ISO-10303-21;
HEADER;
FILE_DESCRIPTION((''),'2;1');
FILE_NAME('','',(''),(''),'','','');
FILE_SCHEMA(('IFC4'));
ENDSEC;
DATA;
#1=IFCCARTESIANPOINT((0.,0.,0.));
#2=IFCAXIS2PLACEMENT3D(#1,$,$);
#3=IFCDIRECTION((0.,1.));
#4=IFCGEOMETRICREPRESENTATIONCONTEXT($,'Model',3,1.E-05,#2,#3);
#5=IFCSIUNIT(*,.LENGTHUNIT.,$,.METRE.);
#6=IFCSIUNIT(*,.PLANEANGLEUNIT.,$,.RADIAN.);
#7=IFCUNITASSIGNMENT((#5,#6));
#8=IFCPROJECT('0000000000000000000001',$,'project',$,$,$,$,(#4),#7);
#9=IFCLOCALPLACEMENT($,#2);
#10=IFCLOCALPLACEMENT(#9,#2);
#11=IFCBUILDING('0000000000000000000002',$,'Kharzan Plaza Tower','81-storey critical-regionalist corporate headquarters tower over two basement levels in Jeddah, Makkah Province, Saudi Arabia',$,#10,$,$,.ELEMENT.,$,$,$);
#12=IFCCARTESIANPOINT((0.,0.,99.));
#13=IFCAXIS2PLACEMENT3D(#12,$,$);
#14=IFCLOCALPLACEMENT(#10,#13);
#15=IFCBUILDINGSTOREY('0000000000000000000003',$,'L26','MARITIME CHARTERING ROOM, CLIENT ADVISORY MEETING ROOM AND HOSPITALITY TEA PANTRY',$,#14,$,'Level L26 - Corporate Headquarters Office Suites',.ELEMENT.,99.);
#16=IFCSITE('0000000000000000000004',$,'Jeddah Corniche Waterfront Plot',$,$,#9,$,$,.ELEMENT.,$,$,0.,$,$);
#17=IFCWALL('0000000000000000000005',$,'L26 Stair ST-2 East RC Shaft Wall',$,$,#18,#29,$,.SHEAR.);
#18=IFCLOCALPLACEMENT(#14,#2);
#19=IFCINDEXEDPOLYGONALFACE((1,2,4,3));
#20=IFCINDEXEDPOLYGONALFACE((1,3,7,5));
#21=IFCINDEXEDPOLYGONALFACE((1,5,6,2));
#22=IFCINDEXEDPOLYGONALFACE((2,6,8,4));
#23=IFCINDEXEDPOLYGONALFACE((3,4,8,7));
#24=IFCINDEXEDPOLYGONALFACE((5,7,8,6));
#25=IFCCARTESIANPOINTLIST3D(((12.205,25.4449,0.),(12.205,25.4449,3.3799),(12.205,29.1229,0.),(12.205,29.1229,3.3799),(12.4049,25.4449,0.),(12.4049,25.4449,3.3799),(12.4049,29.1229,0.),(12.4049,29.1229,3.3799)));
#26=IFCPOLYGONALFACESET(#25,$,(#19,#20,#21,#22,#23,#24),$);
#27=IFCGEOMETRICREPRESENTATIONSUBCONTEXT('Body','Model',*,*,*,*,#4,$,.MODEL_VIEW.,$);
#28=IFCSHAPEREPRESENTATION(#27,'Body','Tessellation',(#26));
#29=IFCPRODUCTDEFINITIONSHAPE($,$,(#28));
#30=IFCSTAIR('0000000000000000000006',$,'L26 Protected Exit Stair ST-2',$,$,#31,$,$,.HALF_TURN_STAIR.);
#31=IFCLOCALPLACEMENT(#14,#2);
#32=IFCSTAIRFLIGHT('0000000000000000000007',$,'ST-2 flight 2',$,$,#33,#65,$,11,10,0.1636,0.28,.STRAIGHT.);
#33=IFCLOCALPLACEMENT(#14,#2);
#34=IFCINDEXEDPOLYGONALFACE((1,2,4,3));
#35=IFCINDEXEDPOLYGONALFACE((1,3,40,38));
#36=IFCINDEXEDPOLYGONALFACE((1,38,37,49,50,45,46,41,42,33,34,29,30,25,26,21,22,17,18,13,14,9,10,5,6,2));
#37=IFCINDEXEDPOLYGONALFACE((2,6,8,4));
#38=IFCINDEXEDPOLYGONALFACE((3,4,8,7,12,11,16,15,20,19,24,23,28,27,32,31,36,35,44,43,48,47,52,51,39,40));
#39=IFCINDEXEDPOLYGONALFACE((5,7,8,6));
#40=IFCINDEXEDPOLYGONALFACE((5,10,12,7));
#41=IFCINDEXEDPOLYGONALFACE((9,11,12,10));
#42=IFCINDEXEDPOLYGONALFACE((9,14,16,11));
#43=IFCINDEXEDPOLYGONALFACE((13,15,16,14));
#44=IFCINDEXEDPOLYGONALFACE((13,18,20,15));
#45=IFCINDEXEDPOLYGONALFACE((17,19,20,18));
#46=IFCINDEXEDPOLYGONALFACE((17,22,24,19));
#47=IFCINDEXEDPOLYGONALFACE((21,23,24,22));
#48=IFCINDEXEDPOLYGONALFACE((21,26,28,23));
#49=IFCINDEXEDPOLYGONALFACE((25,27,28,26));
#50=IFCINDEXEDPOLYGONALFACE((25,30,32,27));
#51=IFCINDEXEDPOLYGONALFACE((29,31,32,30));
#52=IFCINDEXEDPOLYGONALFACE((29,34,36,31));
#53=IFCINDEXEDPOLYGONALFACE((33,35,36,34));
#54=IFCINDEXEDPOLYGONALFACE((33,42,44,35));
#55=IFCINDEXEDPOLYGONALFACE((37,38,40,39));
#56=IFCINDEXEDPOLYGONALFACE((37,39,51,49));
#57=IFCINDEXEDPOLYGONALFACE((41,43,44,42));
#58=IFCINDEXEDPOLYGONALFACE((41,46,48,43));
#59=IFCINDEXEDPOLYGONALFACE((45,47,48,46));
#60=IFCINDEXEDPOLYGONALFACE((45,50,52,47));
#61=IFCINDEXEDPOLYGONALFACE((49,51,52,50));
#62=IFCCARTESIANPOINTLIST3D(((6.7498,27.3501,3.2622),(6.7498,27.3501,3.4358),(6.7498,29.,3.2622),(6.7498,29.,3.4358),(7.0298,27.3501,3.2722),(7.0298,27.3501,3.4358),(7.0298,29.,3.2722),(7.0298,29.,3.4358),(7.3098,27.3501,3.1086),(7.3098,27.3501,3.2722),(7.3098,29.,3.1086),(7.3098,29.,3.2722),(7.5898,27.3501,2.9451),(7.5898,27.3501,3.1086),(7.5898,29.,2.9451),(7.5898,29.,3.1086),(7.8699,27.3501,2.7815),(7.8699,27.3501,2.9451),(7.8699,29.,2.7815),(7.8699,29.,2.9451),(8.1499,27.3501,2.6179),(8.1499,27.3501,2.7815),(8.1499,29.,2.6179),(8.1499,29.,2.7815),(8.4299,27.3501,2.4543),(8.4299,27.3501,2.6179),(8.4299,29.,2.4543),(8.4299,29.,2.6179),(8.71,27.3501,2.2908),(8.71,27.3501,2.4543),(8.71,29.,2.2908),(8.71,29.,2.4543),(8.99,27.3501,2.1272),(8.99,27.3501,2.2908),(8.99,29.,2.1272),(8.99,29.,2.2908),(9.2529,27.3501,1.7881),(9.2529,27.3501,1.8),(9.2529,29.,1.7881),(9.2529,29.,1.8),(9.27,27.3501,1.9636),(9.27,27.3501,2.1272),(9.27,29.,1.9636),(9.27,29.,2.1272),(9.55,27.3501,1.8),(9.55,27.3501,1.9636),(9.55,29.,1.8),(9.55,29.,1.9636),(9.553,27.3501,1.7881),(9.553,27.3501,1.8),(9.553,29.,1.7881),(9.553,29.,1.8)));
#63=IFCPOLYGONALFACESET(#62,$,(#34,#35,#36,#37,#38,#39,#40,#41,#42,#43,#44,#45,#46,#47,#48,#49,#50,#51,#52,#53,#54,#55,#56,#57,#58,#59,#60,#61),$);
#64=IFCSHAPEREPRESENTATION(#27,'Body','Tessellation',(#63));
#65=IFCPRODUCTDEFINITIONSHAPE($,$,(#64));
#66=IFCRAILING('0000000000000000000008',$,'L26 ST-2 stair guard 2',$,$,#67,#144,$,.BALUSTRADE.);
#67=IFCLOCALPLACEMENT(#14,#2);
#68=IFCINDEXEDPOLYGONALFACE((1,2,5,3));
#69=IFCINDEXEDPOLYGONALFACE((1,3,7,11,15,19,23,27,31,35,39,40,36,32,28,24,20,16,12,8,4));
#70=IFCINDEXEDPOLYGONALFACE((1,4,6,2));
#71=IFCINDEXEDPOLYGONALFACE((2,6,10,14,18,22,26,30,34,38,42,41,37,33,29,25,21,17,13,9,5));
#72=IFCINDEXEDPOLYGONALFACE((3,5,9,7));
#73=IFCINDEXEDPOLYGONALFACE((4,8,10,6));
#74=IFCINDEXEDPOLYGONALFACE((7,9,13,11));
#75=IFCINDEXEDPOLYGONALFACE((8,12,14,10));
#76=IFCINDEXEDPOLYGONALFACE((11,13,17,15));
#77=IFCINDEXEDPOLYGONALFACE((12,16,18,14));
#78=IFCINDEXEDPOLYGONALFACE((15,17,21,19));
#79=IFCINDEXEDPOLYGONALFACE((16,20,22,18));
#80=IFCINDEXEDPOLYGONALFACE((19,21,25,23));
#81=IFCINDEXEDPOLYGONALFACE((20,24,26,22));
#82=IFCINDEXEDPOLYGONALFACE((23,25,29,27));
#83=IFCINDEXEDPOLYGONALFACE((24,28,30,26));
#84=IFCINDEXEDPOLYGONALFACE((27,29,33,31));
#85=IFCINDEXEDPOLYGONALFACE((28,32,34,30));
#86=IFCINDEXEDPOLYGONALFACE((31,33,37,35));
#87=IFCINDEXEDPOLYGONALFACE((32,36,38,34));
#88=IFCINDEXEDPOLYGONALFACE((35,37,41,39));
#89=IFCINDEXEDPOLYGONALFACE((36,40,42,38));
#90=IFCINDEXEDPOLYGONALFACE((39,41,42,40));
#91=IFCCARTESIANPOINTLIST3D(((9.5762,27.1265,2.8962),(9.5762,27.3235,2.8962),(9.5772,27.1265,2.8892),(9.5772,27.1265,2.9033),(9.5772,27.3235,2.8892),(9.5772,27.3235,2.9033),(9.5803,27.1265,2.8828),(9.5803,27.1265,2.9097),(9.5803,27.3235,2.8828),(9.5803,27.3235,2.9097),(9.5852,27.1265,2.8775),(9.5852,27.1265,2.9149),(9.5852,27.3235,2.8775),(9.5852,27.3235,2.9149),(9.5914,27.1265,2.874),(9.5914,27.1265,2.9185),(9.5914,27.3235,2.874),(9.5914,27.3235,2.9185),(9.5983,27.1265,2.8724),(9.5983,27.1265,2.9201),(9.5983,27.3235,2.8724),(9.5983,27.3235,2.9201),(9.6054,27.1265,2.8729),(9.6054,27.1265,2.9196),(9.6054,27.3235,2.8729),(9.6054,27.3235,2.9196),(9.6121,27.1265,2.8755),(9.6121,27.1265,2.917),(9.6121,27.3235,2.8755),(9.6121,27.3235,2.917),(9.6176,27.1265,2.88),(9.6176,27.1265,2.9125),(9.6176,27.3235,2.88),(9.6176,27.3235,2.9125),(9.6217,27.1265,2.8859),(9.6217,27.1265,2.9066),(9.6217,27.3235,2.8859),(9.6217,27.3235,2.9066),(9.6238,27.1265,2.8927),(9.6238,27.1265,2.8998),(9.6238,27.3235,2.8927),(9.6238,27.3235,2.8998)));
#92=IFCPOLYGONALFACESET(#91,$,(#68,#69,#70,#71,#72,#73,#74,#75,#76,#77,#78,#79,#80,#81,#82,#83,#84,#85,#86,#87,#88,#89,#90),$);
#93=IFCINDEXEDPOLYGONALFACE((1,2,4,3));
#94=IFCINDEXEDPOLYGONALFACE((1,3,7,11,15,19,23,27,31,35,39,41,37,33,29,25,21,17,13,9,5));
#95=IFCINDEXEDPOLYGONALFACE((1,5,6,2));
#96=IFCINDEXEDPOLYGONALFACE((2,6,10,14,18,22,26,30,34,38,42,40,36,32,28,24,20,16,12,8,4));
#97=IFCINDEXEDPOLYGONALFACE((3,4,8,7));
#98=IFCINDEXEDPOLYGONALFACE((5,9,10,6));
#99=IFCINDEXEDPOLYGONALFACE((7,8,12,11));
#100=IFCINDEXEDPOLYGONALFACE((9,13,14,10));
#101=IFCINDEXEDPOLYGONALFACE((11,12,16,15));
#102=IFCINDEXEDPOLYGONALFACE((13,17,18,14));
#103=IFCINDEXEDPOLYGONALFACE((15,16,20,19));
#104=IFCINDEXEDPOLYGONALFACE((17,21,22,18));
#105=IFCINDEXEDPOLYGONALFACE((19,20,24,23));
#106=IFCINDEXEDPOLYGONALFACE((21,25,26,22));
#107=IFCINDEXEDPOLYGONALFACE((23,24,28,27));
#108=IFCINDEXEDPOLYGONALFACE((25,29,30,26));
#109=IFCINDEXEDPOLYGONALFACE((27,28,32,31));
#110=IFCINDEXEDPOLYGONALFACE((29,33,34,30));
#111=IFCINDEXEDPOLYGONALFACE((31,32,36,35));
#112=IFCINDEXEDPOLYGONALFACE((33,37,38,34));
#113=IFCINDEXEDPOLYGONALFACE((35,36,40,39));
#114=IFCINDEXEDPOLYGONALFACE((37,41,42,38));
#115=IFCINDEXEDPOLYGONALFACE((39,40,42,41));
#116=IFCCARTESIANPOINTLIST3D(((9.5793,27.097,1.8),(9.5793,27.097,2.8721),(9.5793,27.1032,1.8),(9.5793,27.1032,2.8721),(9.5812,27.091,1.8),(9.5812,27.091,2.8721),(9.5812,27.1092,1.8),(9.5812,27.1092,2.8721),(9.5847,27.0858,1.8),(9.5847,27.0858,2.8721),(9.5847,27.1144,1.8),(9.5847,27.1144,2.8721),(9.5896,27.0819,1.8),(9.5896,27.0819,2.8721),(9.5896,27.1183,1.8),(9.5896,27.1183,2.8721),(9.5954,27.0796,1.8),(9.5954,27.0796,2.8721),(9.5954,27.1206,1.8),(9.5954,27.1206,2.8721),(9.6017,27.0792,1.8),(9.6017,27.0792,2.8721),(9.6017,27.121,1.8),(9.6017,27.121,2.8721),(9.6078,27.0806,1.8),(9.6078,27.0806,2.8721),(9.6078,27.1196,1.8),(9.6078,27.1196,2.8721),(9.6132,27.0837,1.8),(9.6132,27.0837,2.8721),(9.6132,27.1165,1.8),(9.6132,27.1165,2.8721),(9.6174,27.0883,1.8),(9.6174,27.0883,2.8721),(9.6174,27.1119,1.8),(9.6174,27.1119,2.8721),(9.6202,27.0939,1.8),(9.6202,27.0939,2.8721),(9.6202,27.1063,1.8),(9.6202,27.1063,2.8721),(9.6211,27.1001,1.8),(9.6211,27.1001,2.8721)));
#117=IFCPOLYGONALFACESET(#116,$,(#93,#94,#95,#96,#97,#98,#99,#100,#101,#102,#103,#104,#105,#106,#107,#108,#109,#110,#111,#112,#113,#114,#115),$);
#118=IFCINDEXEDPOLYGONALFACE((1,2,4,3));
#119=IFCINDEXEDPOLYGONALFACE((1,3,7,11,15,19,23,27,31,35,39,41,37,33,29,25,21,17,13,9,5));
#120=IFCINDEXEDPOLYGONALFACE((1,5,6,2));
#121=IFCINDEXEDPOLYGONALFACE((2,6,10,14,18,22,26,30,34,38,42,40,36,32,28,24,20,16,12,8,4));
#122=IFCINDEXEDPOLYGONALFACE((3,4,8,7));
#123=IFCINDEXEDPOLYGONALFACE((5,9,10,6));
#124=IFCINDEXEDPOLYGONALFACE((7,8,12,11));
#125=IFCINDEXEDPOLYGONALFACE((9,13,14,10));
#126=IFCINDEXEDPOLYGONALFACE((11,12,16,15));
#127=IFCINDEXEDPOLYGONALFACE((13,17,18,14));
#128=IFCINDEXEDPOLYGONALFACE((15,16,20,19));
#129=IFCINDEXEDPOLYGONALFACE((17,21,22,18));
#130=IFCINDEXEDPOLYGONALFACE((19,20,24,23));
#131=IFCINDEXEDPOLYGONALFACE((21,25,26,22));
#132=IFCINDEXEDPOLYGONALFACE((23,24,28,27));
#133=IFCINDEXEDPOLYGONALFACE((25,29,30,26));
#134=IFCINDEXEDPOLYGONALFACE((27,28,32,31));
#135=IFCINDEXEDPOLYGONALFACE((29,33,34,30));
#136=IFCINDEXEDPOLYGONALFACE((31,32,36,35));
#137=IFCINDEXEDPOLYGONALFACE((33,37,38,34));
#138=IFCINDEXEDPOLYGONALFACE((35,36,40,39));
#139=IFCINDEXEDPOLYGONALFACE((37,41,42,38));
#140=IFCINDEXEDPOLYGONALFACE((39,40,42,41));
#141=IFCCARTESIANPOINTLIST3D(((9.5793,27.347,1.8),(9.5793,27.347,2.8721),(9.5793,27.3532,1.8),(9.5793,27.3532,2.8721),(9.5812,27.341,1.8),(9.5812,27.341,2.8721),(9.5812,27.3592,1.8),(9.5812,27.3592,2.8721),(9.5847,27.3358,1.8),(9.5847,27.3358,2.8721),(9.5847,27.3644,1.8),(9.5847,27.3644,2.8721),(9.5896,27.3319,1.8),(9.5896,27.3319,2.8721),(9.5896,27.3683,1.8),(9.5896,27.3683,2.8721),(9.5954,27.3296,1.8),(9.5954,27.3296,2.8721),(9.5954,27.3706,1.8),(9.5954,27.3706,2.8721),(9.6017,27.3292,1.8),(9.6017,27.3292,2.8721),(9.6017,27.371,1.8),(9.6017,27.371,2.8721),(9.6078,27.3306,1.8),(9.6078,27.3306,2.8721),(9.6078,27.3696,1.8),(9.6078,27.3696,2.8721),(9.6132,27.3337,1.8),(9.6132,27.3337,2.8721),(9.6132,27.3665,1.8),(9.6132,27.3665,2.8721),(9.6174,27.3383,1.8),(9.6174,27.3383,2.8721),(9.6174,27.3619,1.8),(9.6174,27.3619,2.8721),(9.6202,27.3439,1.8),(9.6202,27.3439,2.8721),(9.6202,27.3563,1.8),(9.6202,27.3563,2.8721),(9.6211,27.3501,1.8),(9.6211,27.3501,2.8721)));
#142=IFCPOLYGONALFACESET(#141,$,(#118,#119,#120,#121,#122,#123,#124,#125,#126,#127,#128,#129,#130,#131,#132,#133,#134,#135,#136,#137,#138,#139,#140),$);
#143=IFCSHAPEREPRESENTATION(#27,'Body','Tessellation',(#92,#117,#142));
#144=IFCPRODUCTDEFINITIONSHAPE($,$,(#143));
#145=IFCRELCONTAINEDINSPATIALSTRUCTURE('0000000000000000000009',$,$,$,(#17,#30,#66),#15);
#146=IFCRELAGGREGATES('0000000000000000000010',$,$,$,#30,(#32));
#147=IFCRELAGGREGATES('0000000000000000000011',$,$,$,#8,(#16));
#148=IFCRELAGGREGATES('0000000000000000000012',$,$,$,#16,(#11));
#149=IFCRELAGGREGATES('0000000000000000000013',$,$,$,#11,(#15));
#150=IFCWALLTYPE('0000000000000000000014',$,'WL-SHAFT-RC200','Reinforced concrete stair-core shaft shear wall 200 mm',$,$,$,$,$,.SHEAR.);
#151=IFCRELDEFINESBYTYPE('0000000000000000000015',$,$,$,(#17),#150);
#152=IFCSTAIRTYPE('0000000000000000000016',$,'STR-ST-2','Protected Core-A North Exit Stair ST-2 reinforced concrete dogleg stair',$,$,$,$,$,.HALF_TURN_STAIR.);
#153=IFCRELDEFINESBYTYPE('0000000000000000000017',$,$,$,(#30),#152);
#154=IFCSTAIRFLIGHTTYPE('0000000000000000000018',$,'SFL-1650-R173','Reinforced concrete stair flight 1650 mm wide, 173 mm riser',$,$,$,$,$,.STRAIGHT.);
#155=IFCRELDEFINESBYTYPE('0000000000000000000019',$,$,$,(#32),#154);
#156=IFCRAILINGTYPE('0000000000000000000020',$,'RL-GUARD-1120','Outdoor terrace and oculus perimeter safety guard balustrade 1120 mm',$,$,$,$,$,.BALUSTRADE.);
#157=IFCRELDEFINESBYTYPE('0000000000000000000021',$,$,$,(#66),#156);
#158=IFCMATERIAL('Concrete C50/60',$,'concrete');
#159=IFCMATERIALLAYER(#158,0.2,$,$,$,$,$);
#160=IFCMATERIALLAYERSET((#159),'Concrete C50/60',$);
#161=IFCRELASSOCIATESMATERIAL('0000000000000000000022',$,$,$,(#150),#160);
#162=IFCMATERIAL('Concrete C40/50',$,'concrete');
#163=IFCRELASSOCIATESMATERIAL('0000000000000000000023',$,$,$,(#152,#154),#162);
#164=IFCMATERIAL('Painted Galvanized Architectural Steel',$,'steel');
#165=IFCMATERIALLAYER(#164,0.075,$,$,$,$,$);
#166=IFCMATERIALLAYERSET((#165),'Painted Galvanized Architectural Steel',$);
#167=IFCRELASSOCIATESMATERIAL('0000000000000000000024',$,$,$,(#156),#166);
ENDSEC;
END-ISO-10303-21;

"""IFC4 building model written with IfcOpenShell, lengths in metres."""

from ifc_helpers import new_model, si_unit, direction, frame, frame_2d, origin, origin_2d, place, context, subcontext, project, spatial, polyline, rectangle, circle, outline, extrude, source, transform, mapped, material, layer, layer_set, type_object, element, aggregate, save


model = new_model("IFC4")

# Units and contexts
model_context = context("Model", 3, precision=1e-05, world=origin(), true_north=direction((0.0, 1.0)))
body_context = subcontext(model_context, "Body", "Model", "MODEL_VIEW")
ifc_project = project(units=[si_unit("LENGTHUNIT", "METRE"), si_unit("PLANEANGLEUNIT", "RADIAN")], contexts=[model_context])

# Site, building, storey
site_placement = place(None, origin())
site = spatial("IfcSite", under=ifc_project, at=site_placement, Name="Jeddah Corniche Waterfront Plot", CompositionType="ELEMENT", RefElevation=0.0)
building_placement = place(site_placement, origin())
building = spatial("IfcBuilding", under=site, at=building_placement, Name="Kharzan Plaza Tower", Description="81-storey critical-regionalist corporate headquarters tower over two basement levels in Jeddah, Makkah Province, Saudi Arabia", CompositionType="ELEMENT")
storey_placement = place(building_placement, frame((0.0, 0.0, 99.0)))
storey = spatial("IfcBuildingStorey", under=building, at=storey_placement, Name="L26", Description="MARITIME CHARTERING ROOM, CLIENT ADVISORY MEETING ROOM AND HOSPITALITY TEA PANTRY", LongName="Level L26 - Corporate Headquarters Office Suites", CompositionType="ELEMENT", Elevation=99.0)

# Shared definitions
ifc_material_1 = material(Name="Concrete C40/50", Category="concrete")

# Wall
ifc_material_2 = material(Name="Concrete C50/60", Category="concrete")
ifc_layer_1 = layer(ifc_material_2, 0.2)
ifc_layer_set_1 = layer_set([ifc_layer_1], Name="Concrete C50/60")
wall_type_1 = type_object("IfcWallType", Name="WL-SHAFT-RC200", Description="Reinforced concrete stair-core shaft shear wall 200 mm", PredefinedType="SHEAR", material=ifc_layer_set_1)
shared_shape_1 = source(origin(), body_context, "Body", "SweptSolid", [
    extrude(rectangle(XDim=3.678, YDim=0.2, at=frame_2d((1.8389, 0.0))), origin(), (0.0, 0.0, 1.0), 3.3799),
])
wall_1_placement = place(storey_placement, frame((12.3049, 25.4451, 0.0), z_axis=(0.0, 0.0, 1.0), x_axis=(0.0, 1.0, 0.0)))
element("IfcWall", 1, at=wall_1_placement, inside=storey, type_object=wall_type_1, Name="L26 Stair ST-2 East RC Shaft Wall", PredefinedType="SHEAR", context=body_context, shape_type="MappedRepresentation", body=[
    mapped(shared_shape_1, transform((0.0, 0.0, 0.0), x_axis=(1.0, 0.0, 0.0), y_axis=(0.0, 1.0, 0.0), z_axis=(0.0, 0.0, 1.0))),
])

# Stair, stair flight
stair_type = type_object("IfcStairType", Name="STR-ST-2", Description="Protected Core-A North Exit Stair ST-2 reinforced concrete dogleg stair", PredefinedType="HALF_TURN_STAIR", material=ifc_material_1)
stair_placement = place(storey_placement, origin())
stair = element("IfcStair", 2, at=stair_placement, inside=storey, type_object=stair_type, Name="L26 Protected Exit Stair ST-2", PredefinedType="HALF_TURN_STAIR")
stair_flight_type = type_object("IfcStairFlightType", Name="SFL-1650-R173", Description="Reinforced concrete stair flight 1650 mm wide, 173 mm riser", PredefinedType="STRAIGHT", material=ifc_material_1)
shared_shape_2 = source(origin(), body_context, "Body", "SweptSolid", [
    extrude(outline(polyline([(-0.0029, -0.012), (-0.0029, 0.0), (0.0, 0.0), (0.0, 0.1636), (0.28, 0.1636), (0.28, 0.3271), (0.5601, 0.3271), (0.5601, 0.4907), (0.8401, 0.4907), (0.8401, 0.6543), (1.1201, 0.6543), (1.1201, 0.8179), (1.4001, 0.8179), (1.4001, 0.9814), (1.6802, 0.9814), (1.6802, 1.145), (1.9602, 1.145), (1.9602, 1.3086), (2.2402, 1.3086), (2.2402, 1.4722), (2.5203, 1.4722), (2.5203, 1.6357), (2.8003, 1.6357), (2.8003, 1.7993), (2.8003, 1.4622), (0.2971, 0.0), (0.2971, -0.012), (-0.0029, -0.012)])), frame((0.0, 0.825, 0.0), z_axis=(0.0, -1.0, 0.0), x_axis=(1.0, 0.0, 0.0)), (0.0, 0.0, 1.0), 1.6499),
])
stair_flight_placement = place(storey_placement, frame((9.55, 28.175, 1.8), z_axis=(0.0, 0.0, 1.0), x_axis=(-1.0, 0.0, 0.0)))
stair_flight = element("IfcStairFlight", 3, at=stair_flight_placement, type_object=stair_flight_type, Name="ST-2 flight 2", NumberOfRisers=11, NumberOfTreads=10, PredefinedType="STRAIGHT", RiserHeight=0.1636, TreadLength=0.28, context=body_context, shape_type="MappedRepresentation", body=[
    mapped(shared_shape_2, transform((0.0, 0.0, 0.0), x_axis=(1.0, 0.0, 0.0), y_axis=(0.0, 1.0, 0.0), z_axis=(0.0, 0.0, 1.0))),
])
aggregate(stair, [stair_flight])

# Railing
ifc_material_3 = material(Name="Painted Galvanized Architectural Steel", Category="steel")
ifc_layer_2 = layer(ifc_material_3, 0.075)
ifc_layer_set_2 = layer_set([ifc_layer_2], Name="Painted Galvanized Architectural Steel")
railing_type_1 = type_object("IfcRailingType", Name="RL-GUARD-1120", Description="Outdoor terrace and oculus perimeter safety guard balustrade 1120 mm", PredefinedType="BALUSTRADE", material=ifc_layer_set_2)
shared_shape_3 = source(origin(), body_context, "Body", "SweptSolid", [
    extrude(circle(Radius=0.0239, at=origin_2d()), frame((0.0, 0.0264, 1.0962), z_axis=(0.0, 1.0, 0.0), x_axis=(-1.0, 0.0, 0.0)), (0.0, 0.0, 1.0), 0.197),
    extrude(circle(Radius=0.021, at=origin_2d()), origin(), (0.0, 0.0, 1.0), 1.072),
    extrude(circle(Radius=0.021, at=origin_2d()), frame((0.0, 0.25, 0.0)), (0.0, 0.0, 1.0), 1.072),
])
railing_1_placement = place(storey_placement, frame((9.6001, 27.1001, 1.8)))
element("IfcRailing", 4, at=railing_1_placement, inside=storey, type_object=railing_type_1, Name="L26 ST-2 stair guard 2", PredefinedType="BALUSTRADE", context=body_context, shape_type="MappedRepresentation", body=[
    mapped(shared_shape_3, transform((0.0, 0.0, 0.0), x_axis=(1.0, 0.0, 0.0), y_axis=(0.0, 1.0, 0.0), z_axis=(0.0, 0.0, 1.0))),
])

save(model, "model.ifc")
